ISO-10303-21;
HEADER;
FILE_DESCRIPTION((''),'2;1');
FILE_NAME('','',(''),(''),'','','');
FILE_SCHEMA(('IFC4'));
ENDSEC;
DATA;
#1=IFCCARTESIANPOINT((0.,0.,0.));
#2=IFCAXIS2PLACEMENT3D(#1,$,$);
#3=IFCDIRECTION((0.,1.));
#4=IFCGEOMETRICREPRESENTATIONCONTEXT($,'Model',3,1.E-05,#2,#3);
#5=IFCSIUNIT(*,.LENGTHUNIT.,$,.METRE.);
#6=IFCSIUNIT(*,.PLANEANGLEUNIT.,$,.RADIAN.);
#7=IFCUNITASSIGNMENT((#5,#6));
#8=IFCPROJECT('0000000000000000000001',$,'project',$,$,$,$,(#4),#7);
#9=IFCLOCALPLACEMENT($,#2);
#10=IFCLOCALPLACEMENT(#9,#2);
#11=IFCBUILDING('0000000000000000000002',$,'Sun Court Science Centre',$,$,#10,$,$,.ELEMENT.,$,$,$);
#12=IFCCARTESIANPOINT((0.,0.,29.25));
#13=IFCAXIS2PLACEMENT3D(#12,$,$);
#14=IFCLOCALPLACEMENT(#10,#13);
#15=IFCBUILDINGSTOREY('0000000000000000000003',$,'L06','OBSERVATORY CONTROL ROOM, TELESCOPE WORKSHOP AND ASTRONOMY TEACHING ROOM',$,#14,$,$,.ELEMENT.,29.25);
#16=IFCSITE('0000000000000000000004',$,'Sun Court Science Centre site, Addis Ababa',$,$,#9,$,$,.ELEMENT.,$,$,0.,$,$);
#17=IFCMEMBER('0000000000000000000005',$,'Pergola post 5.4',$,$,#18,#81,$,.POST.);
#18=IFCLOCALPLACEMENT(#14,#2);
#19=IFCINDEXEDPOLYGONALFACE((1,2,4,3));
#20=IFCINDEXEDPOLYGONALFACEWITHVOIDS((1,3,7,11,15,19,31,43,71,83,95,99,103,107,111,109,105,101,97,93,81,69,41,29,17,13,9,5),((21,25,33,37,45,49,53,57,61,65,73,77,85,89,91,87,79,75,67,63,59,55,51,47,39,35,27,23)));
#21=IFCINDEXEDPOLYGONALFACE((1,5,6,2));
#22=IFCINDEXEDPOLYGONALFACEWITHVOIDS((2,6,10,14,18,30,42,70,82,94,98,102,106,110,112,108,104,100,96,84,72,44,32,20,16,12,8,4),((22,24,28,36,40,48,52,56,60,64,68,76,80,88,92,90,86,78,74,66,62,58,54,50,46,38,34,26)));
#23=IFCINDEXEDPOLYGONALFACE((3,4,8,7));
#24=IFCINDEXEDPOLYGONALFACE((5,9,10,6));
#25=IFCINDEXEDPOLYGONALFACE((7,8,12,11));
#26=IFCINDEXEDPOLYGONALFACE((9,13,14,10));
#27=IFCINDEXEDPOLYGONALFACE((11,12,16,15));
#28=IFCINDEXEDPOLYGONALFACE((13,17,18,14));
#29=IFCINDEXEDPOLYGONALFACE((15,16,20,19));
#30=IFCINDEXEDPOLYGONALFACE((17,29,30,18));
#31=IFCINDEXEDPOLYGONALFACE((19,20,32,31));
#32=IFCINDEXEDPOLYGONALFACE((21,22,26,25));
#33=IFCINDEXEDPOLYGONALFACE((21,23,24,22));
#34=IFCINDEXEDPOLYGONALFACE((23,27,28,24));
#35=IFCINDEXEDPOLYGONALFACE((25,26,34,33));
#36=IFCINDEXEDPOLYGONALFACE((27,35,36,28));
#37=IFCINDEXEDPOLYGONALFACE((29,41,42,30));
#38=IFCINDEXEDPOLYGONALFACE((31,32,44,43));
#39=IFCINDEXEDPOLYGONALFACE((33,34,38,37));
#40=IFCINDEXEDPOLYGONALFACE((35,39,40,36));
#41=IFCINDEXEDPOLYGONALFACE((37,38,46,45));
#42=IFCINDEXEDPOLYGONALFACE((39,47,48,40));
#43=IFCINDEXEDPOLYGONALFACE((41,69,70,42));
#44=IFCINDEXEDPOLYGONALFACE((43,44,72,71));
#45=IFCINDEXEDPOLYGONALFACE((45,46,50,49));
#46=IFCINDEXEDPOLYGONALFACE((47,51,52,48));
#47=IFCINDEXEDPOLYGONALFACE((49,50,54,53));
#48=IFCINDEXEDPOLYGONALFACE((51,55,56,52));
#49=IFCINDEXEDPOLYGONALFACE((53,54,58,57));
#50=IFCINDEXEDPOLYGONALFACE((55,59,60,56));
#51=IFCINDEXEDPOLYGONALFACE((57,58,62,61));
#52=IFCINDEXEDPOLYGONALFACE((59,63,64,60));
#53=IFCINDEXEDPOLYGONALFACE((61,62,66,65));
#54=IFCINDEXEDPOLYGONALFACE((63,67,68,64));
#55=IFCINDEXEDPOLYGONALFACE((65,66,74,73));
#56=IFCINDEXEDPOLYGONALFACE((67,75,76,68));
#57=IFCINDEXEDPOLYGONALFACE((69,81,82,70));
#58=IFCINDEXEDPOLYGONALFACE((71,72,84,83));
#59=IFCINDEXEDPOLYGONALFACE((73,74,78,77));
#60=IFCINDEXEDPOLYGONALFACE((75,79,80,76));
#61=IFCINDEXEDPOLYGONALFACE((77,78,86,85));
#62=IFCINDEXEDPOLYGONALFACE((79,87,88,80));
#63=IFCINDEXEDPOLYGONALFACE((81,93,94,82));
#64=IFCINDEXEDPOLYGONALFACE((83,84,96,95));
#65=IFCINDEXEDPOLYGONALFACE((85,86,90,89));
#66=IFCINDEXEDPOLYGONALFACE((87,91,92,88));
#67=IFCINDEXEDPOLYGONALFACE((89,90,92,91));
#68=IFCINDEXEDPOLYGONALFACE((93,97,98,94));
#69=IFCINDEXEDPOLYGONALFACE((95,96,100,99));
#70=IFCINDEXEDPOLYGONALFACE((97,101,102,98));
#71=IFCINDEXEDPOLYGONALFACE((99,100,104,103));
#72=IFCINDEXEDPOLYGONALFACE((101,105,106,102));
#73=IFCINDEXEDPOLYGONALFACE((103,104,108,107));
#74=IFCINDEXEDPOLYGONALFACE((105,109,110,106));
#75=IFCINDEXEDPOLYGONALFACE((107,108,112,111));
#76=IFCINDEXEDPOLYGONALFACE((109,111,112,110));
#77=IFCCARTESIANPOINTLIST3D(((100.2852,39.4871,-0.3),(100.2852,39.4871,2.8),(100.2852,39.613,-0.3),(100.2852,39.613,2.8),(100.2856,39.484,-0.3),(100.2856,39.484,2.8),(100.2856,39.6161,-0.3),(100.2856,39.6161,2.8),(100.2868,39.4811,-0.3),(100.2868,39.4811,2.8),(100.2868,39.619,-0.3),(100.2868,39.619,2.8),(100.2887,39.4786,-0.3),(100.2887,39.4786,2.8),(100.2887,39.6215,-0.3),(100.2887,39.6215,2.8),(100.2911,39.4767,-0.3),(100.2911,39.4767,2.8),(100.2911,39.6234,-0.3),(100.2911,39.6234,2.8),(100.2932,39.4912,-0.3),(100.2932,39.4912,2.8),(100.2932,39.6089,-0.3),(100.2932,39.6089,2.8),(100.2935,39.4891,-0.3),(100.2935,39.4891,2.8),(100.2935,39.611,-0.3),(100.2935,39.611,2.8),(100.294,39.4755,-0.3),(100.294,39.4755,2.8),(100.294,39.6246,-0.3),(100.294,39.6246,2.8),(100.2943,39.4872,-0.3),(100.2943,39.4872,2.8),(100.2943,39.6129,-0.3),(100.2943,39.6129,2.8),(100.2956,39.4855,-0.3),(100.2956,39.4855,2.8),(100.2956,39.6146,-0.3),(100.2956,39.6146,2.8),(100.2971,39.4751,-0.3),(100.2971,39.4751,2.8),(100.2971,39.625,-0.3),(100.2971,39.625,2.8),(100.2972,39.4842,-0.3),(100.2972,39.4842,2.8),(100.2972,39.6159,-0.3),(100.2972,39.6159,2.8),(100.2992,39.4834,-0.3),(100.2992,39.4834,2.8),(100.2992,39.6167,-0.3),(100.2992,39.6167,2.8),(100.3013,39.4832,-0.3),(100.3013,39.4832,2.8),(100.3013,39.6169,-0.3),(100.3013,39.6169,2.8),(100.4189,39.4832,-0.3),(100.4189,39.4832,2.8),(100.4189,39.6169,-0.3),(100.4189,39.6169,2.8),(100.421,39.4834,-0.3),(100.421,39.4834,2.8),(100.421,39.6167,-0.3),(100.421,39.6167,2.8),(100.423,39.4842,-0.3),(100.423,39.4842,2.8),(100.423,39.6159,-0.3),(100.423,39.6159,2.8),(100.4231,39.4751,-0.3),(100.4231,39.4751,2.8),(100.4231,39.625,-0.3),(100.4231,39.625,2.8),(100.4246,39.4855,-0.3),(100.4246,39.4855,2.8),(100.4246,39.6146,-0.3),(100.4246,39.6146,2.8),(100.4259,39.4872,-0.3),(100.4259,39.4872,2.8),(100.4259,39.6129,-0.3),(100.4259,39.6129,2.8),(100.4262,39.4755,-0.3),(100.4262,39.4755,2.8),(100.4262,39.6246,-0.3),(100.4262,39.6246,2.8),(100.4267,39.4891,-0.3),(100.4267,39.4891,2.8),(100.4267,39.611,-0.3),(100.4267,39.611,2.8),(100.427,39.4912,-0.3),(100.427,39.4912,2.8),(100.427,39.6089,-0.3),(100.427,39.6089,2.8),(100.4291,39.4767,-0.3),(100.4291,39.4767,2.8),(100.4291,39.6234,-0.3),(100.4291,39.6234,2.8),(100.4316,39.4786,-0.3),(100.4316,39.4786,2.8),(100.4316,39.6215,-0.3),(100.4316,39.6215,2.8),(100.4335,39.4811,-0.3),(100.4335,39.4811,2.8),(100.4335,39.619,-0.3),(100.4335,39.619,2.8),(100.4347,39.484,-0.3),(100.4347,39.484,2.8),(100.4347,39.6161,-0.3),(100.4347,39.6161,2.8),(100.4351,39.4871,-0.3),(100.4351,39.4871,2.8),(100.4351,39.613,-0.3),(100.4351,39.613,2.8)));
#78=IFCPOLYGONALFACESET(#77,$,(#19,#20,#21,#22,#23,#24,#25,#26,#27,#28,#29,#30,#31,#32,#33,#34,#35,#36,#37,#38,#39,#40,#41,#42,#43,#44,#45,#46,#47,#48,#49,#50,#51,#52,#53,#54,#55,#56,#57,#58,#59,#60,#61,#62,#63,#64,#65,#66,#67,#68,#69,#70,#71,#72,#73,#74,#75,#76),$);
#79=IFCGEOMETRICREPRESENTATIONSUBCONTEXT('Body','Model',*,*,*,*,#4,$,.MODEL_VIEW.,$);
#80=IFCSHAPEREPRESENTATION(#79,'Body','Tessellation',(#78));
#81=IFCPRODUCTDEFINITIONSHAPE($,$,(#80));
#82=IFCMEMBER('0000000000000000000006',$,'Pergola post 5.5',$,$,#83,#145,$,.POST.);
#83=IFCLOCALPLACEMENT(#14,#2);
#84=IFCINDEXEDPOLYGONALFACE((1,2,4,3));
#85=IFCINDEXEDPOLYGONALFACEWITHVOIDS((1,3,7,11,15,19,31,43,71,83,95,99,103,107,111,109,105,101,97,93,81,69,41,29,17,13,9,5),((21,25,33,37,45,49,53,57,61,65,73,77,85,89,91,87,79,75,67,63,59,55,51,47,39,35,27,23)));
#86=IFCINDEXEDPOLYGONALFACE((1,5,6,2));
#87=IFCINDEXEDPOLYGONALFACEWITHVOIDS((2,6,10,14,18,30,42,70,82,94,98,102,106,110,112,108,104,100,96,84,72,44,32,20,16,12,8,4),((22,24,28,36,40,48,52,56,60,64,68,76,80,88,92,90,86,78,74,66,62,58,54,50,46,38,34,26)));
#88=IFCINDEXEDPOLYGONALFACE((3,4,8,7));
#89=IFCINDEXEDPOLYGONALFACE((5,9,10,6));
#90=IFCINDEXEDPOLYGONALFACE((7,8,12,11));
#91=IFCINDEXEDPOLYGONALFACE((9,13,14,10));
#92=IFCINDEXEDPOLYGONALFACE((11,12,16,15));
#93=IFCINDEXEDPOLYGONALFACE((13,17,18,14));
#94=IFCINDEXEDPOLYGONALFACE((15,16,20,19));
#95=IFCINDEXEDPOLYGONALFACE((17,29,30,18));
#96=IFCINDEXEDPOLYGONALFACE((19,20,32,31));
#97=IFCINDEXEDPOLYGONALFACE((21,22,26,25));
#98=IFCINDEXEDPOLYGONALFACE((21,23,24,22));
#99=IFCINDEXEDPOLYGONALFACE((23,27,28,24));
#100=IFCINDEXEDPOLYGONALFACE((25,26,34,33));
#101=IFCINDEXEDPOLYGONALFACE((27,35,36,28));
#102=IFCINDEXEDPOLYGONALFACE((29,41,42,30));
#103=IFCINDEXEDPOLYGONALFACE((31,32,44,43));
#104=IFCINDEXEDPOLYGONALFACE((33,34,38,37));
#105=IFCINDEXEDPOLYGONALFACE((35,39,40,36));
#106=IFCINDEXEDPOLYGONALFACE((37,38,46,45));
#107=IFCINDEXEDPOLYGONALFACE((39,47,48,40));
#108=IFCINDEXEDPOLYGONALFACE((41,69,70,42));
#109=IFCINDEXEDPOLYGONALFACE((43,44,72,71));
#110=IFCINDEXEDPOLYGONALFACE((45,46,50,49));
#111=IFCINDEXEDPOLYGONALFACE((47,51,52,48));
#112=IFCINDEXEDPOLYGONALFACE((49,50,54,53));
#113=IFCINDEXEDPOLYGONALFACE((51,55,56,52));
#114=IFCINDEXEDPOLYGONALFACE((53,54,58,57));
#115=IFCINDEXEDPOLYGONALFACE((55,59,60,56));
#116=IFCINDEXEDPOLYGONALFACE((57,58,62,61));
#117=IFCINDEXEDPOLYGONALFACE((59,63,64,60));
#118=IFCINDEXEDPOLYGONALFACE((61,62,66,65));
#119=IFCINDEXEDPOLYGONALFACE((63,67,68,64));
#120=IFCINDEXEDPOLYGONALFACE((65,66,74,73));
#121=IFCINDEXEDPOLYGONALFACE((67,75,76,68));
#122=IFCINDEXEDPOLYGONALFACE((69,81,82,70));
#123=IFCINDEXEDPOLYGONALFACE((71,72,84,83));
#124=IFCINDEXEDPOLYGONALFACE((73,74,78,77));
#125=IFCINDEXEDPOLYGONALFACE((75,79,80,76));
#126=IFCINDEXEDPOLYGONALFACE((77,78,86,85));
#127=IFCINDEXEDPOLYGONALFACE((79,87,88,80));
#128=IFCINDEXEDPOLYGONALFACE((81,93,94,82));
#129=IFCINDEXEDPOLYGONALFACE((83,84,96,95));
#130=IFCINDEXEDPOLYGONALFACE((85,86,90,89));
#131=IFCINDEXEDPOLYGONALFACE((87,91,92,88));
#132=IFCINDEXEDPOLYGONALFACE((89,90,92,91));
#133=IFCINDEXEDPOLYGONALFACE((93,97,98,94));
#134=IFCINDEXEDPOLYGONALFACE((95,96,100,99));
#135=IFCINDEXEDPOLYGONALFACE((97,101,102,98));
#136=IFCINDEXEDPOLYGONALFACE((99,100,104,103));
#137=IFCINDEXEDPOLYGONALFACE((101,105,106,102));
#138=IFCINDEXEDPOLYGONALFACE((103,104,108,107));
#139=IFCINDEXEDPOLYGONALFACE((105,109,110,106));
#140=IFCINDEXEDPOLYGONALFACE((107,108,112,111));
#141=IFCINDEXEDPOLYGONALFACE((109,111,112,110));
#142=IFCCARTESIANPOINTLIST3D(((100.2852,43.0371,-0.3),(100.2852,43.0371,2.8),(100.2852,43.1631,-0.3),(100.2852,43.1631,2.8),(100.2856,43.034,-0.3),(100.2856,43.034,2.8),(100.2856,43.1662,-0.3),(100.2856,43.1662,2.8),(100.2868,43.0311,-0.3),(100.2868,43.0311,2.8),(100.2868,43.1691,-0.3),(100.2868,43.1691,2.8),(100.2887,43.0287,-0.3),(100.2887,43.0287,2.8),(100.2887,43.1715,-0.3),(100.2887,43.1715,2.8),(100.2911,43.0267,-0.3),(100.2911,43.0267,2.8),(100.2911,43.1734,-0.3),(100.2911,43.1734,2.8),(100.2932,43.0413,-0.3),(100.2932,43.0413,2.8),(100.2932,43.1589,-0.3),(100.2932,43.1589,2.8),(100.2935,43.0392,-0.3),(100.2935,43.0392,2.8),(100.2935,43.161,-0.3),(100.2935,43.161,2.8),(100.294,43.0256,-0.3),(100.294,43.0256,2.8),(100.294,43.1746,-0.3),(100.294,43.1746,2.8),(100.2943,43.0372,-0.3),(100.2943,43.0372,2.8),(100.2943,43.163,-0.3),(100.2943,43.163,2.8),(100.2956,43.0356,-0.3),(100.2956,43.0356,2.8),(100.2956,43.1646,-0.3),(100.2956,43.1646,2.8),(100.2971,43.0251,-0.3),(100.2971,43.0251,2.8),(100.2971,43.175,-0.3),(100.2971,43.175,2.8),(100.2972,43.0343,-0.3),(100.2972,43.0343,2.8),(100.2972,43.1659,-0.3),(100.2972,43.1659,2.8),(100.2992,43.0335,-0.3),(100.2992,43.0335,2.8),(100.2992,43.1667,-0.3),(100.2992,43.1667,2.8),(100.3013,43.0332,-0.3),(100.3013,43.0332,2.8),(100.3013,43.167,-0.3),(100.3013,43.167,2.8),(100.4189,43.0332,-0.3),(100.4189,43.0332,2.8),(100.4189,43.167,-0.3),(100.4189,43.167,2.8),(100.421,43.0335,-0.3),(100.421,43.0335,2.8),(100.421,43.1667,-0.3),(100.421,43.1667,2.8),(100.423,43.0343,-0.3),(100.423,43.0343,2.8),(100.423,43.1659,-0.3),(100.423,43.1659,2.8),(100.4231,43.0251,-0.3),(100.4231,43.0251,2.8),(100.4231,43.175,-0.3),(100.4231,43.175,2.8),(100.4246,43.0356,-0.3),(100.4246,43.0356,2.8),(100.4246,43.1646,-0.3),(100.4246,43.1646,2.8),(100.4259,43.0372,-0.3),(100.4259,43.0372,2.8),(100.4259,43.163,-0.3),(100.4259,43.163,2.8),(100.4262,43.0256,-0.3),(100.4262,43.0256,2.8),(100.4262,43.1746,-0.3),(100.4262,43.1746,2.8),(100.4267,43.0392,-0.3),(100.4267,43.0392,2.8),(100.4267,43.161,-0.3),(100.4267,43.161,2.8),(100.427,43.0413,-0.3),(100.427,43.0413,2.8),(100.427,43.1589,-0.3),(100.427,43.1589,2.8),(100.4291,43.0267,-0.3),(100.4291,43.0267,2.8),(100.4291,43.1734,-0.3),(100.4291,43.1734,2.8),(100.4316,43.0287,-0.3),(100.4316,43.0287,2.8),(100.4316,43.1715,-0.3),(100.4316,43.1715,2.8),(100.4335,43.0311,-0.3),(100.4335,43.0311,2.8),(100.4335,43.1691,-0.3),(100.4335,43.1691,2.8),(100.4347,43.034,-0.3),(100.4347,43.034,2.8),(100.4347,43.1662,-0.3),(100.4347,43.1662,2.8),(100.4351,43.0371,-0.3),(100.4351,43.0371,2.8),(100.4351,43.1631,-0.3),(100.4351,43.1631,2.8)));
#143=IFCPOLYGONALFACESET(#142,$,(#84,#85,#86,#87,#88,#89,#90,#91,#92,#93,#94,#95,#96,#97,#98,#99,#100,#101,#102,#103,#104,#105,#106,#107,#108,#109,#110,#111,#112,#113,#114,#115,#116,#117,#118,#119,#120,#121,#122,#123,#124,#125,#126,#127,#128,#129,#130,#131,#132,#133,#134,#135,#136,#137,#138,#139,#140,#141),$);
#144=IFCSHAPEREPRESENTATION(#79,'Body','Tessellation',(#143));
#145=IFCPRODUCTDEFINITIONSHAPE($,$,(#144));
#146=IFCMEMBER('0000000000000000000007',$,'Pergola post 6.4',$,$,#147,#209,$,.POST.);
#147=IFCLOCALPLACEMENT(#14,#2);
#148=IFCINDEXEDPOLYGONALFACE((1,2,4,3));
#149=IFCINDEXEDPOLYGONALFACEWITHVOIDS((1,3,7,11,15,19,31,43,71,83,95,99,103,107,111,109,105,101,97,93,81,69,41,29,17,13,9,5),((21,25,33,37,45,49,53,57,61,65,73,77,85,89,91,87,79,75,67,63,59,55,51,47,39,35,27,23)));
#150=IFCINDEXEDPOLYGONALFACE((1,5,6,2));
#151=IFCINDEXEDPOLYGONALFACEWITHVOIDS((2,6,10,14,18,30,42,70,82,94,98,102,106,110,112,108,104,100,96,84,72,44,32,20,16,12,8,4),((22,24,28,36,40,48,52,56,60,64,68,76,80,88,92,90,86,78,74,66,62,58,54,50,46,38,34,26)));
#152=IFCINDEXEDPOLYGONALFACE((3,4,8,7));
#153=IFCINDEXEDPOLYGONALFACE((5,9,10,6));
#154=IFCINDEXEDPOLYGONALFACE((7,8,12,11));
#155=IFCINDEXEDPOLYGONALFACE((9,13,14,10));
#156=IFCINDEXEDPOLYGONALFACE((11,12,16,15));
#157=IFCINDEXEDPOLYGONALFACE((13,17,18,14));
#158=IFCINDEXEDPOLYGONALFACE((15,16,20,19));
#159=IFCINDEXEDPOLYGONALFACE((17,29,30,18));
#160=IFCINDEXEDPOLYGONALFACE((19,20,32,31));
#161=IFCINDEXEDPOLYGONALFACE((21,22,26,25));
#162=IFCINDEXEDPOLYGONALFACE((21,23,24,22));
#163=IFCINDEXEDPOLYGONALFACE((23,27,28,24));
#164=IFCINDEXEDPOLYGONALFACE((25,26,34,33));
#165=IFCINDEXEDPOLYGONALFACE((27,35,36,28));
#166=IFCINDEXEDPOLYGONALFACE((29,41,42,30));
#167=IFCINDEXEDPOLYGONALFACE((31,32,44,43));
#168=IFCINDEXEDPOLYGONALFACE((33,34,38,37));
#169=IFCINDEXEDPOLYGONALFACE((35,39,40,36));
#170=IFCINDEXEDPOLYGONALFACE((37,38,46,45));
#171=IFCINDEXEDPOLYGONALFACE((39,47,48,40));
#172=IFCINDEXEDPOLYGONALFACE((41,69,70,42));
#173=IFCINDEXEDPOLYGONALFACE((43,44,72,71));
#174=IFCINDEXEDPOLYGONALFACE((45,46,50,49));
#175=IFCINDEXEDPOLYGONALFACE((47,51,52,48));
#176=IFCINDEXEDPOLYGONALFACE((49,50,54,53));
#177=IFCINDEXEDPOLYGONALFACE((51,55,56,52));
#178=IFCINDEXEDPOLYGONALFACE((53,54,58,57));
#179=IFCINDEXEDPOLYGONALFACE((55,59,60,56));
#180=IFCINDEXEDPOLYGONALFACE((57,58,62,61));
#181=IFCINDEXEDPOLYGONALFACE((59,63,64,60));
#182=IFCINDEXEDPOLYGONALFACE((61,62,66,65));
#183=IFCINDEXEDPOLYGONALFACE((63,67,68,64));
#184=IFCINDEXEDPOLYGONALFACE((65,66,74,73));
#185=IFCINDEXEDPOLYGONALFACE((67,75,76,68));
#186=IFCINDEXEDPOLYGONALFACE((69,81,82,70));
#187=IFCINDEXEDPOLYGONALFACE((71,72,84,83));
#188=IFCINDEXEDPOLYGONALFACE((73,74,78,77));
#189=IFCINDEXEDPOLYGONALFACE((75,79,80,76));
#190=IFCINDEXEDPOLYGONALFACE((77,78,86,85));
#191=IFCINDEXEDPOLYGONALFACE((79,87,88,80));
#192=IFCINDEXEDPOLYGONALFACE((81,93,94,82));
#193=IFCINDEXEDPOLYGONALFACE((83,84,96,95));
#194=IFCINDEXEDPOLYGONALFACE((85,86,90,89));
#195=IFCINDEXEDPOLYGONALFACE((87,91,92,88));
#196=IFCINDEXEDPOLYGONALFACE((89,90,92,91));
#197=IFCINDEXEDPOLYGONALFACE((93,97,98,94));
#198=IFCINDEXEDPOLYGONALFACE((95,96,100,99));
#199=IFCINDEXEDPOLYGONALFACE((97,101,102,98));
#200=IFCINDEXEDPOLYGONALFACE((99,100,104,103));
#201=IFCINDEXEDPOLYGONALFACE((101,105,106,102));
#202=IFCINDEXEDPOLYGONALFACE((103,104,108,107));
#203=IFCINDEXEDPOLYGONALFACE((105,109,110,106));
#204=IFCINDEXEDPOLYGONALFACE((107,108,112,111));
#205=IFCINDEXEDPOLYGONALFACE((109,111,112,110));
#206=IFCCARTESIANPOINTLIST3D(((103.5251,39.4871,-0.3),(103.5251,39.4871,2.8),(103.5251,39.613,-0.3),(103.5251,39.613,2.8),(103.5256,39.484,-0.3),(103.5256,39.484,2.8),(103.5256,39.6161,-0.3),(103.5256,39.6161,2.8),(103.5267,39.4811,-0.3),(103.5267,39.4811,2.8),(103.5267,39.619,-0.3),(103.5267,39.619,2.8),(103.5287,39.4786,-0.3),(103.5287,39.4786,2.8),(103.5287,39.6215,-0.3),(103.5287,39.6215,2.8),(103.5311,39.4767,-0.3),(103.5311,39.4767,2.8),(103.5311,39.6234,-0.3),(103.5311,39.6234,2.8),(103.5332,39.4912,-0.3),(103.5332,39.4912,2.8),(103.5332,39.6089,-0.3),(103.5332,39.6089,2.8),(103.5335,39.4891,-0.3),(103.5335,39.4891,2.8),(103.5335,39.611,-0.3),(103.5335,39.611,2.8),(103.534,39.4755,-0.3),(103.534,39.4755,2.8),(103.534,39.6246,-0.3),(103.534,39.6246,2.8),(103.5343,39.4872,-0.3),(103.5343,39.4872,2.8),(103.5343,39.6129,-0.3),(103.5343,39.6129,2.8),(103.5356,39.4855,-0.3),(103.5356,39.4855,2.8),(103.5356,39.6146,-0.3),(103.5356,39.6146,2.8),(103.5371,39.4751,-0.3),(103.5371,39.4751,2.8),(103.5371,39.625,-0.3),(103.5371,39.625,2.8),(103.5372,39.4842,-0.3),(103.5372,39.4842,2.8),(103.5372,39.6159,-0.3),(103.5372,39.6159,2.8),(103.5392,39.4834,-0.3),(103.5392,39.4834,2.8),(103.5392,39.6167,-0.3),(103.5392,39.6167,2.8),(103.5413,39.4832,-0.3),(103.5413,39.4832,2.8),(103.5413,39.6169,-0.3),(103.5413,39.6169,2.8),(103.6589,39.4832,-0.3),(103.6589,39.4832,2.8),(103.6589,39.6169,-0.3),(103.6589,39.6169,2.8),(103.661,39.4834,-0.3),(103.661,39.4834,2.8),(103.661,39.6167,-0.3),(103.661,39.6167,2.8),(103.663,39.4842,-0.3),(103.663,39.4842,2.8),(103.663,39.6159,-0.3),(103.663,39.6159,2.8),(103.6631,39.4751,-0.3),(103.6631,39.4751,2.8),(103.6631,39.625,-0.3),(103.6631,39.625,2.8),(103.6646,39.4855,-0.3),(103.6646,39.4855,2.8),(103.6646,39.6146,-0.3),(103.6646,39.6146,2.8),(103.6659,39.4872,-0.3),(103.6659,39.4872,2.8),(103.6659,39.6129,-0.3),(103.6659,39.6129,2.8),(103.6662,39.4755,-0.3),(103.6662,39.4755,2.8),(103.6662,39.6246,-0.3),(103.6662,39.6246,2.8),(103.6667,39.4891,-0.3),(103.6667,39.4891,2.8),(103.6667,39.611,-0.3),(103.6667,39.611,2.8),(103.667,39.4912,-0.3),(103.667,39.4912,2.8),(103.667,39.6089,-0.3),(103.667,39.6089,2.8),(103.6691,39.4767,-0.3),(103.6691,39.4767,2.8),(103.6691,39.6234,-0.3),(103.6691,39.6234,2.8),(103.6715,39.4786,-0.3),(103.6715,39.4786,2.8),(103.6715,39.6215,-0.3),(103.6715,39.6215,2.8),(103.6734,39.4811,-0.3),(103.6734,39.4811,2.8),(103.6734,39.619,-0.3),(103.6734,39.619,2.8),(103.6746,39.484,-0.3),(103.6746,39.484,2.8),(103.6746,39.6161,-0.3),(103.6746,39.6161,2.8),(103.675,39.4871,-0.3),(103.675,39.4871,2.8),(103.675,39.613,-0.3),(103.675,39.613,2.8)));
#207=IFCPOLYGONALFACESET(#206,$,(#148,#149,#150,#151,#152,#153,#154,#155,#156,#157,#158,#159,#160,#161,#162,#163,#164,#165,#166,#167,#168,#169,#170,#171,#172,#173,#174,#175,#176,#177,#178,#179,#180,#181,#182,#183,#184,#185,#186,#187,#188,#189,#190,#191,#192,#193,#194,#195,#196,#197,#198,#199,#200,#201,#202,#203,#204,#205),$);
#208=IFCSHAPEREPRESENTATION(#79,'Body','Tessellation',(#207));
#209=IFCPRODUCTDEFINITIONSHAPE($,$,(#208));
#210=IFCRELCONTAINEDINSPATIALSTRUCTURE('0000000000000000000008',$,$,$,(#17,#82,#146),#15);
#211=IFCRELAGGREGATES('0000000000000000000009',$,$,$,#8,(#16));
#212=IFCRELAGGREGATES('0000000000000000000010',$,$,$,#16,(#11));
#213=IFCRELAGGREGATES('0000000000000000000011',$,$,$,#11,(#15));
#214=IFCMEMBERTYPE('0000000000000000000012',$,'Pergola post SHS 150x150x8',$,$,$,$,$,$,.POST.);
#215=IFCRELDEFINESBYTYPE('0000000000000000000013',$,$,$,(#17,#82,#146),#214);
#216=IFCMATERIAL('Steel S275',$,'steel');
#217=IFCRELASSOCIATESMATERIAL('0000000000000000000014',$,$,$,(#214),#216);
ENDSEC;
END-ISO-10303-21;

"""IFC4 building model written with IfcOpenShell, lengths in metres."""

from ifc_helpers import new_model, si_unit, direction, frame, origin, origin_2d, place, context, subcontext, project, spatial, hollow_rectangle, extrude, material, material_profile, profile_set, type_object, element, save


model = new_model("IFC4")

# Units and contexts
model_context = context("Model", 3, precision=1e-05, world=origin(), true_north=direction((0.0, 1.0)))
body_context = subcontext(model_context, "Body", "Model", "MODEL_VIEW")
ifc_project = project(units=[si_unit("LENGTHUNIT", "METRE"), si_unit("PLANEANGLEUNIT", "RADIAN")], contexts=[model_context])

# Site, building, storey
site_placement = place(None, origin())
site = spatial("IfcSite", under=ifc_project, at=site_placement, Name="Sun Court Science Centre site, Addis Ababa", CompositionType="ELEMENT", RefElevation=0.0)
building_placement = place(site_placement, origin())
building = spatial("IfcBuilding", under=site, at=building_placement, Name="Sun Court Science Centre", CompositionType="ELEMENT")
storey_placement = place(building_placement, frame((0.0, 0.0, 29.25)))
storey = spatial("IfcBuildingStorey", under=building, at=storey_placement, Name="L06", Description="OBSERVATORY CONTROL ROOM, TELESCOPE WORKSHOP AND ASTRONOMY TEACHING ROOM", CompositionType="ELEMENT", Elevation=29.25)

# Members
ifc_material_1 = material(Name="Steel S275", Category="steel")
ifc_material_profile_1 = material_profile(ifc_material_1, hollow_rectangle(XDim=0.1499, YDim=0.1499, WallThickness=0.0081, InnerFilletRadius=0.0081, OuterFilletRadius=0.012, at=origin_2d()), Name="SHS 150x150x8")
ifc_profile_set_1 = profile_set([ifc_material_profile_1], Name="Steel S275")
member_type_1 = type_object("IfcMemberType", Name="Pergola post SHS 150x150x8", PredefinedType="POST", material=ifc_profile_set_1)
for number, where, z_axis, x_axis, name in (
    (1, (100.3601, 39.55, -0.3), (0.0, 0.0, 1.0), (1.0, 0.0, 0.0), "Pergola post 5.4"),
    (2, (100.3601, 43.1001, -0.3), (0.0, 0.0, 1.0), (1.0, 0.0, 0.0), "Pergola post 5.5"),
    (3, (103.6001, 39.55, -0.3), (0.0, 0.0, 1.0), (1.0, 0.0, 0.0), "Pergola post 6.4"),
):
    element("IfcMember", number, at=place(storey_placement, frame(where, z_axis=z_axis, x_axis=x_axis)), inside=storey, type_object=member_type_1, Name=name, PredefinedType="POST", context=body_context, shape_type="SweptSolid", body=[
        extrude(hollow_rectangle(XDim=0.1499, YDim=0.1499, WallThickness=0.0081, InnerFilletRadius=0.0081, OuterFilletRadius=0.012, at=origin_2d()), origin(), (0.0, 0.0, 1.0), 3.1001),
    ])

save(model, "model.ifc")
